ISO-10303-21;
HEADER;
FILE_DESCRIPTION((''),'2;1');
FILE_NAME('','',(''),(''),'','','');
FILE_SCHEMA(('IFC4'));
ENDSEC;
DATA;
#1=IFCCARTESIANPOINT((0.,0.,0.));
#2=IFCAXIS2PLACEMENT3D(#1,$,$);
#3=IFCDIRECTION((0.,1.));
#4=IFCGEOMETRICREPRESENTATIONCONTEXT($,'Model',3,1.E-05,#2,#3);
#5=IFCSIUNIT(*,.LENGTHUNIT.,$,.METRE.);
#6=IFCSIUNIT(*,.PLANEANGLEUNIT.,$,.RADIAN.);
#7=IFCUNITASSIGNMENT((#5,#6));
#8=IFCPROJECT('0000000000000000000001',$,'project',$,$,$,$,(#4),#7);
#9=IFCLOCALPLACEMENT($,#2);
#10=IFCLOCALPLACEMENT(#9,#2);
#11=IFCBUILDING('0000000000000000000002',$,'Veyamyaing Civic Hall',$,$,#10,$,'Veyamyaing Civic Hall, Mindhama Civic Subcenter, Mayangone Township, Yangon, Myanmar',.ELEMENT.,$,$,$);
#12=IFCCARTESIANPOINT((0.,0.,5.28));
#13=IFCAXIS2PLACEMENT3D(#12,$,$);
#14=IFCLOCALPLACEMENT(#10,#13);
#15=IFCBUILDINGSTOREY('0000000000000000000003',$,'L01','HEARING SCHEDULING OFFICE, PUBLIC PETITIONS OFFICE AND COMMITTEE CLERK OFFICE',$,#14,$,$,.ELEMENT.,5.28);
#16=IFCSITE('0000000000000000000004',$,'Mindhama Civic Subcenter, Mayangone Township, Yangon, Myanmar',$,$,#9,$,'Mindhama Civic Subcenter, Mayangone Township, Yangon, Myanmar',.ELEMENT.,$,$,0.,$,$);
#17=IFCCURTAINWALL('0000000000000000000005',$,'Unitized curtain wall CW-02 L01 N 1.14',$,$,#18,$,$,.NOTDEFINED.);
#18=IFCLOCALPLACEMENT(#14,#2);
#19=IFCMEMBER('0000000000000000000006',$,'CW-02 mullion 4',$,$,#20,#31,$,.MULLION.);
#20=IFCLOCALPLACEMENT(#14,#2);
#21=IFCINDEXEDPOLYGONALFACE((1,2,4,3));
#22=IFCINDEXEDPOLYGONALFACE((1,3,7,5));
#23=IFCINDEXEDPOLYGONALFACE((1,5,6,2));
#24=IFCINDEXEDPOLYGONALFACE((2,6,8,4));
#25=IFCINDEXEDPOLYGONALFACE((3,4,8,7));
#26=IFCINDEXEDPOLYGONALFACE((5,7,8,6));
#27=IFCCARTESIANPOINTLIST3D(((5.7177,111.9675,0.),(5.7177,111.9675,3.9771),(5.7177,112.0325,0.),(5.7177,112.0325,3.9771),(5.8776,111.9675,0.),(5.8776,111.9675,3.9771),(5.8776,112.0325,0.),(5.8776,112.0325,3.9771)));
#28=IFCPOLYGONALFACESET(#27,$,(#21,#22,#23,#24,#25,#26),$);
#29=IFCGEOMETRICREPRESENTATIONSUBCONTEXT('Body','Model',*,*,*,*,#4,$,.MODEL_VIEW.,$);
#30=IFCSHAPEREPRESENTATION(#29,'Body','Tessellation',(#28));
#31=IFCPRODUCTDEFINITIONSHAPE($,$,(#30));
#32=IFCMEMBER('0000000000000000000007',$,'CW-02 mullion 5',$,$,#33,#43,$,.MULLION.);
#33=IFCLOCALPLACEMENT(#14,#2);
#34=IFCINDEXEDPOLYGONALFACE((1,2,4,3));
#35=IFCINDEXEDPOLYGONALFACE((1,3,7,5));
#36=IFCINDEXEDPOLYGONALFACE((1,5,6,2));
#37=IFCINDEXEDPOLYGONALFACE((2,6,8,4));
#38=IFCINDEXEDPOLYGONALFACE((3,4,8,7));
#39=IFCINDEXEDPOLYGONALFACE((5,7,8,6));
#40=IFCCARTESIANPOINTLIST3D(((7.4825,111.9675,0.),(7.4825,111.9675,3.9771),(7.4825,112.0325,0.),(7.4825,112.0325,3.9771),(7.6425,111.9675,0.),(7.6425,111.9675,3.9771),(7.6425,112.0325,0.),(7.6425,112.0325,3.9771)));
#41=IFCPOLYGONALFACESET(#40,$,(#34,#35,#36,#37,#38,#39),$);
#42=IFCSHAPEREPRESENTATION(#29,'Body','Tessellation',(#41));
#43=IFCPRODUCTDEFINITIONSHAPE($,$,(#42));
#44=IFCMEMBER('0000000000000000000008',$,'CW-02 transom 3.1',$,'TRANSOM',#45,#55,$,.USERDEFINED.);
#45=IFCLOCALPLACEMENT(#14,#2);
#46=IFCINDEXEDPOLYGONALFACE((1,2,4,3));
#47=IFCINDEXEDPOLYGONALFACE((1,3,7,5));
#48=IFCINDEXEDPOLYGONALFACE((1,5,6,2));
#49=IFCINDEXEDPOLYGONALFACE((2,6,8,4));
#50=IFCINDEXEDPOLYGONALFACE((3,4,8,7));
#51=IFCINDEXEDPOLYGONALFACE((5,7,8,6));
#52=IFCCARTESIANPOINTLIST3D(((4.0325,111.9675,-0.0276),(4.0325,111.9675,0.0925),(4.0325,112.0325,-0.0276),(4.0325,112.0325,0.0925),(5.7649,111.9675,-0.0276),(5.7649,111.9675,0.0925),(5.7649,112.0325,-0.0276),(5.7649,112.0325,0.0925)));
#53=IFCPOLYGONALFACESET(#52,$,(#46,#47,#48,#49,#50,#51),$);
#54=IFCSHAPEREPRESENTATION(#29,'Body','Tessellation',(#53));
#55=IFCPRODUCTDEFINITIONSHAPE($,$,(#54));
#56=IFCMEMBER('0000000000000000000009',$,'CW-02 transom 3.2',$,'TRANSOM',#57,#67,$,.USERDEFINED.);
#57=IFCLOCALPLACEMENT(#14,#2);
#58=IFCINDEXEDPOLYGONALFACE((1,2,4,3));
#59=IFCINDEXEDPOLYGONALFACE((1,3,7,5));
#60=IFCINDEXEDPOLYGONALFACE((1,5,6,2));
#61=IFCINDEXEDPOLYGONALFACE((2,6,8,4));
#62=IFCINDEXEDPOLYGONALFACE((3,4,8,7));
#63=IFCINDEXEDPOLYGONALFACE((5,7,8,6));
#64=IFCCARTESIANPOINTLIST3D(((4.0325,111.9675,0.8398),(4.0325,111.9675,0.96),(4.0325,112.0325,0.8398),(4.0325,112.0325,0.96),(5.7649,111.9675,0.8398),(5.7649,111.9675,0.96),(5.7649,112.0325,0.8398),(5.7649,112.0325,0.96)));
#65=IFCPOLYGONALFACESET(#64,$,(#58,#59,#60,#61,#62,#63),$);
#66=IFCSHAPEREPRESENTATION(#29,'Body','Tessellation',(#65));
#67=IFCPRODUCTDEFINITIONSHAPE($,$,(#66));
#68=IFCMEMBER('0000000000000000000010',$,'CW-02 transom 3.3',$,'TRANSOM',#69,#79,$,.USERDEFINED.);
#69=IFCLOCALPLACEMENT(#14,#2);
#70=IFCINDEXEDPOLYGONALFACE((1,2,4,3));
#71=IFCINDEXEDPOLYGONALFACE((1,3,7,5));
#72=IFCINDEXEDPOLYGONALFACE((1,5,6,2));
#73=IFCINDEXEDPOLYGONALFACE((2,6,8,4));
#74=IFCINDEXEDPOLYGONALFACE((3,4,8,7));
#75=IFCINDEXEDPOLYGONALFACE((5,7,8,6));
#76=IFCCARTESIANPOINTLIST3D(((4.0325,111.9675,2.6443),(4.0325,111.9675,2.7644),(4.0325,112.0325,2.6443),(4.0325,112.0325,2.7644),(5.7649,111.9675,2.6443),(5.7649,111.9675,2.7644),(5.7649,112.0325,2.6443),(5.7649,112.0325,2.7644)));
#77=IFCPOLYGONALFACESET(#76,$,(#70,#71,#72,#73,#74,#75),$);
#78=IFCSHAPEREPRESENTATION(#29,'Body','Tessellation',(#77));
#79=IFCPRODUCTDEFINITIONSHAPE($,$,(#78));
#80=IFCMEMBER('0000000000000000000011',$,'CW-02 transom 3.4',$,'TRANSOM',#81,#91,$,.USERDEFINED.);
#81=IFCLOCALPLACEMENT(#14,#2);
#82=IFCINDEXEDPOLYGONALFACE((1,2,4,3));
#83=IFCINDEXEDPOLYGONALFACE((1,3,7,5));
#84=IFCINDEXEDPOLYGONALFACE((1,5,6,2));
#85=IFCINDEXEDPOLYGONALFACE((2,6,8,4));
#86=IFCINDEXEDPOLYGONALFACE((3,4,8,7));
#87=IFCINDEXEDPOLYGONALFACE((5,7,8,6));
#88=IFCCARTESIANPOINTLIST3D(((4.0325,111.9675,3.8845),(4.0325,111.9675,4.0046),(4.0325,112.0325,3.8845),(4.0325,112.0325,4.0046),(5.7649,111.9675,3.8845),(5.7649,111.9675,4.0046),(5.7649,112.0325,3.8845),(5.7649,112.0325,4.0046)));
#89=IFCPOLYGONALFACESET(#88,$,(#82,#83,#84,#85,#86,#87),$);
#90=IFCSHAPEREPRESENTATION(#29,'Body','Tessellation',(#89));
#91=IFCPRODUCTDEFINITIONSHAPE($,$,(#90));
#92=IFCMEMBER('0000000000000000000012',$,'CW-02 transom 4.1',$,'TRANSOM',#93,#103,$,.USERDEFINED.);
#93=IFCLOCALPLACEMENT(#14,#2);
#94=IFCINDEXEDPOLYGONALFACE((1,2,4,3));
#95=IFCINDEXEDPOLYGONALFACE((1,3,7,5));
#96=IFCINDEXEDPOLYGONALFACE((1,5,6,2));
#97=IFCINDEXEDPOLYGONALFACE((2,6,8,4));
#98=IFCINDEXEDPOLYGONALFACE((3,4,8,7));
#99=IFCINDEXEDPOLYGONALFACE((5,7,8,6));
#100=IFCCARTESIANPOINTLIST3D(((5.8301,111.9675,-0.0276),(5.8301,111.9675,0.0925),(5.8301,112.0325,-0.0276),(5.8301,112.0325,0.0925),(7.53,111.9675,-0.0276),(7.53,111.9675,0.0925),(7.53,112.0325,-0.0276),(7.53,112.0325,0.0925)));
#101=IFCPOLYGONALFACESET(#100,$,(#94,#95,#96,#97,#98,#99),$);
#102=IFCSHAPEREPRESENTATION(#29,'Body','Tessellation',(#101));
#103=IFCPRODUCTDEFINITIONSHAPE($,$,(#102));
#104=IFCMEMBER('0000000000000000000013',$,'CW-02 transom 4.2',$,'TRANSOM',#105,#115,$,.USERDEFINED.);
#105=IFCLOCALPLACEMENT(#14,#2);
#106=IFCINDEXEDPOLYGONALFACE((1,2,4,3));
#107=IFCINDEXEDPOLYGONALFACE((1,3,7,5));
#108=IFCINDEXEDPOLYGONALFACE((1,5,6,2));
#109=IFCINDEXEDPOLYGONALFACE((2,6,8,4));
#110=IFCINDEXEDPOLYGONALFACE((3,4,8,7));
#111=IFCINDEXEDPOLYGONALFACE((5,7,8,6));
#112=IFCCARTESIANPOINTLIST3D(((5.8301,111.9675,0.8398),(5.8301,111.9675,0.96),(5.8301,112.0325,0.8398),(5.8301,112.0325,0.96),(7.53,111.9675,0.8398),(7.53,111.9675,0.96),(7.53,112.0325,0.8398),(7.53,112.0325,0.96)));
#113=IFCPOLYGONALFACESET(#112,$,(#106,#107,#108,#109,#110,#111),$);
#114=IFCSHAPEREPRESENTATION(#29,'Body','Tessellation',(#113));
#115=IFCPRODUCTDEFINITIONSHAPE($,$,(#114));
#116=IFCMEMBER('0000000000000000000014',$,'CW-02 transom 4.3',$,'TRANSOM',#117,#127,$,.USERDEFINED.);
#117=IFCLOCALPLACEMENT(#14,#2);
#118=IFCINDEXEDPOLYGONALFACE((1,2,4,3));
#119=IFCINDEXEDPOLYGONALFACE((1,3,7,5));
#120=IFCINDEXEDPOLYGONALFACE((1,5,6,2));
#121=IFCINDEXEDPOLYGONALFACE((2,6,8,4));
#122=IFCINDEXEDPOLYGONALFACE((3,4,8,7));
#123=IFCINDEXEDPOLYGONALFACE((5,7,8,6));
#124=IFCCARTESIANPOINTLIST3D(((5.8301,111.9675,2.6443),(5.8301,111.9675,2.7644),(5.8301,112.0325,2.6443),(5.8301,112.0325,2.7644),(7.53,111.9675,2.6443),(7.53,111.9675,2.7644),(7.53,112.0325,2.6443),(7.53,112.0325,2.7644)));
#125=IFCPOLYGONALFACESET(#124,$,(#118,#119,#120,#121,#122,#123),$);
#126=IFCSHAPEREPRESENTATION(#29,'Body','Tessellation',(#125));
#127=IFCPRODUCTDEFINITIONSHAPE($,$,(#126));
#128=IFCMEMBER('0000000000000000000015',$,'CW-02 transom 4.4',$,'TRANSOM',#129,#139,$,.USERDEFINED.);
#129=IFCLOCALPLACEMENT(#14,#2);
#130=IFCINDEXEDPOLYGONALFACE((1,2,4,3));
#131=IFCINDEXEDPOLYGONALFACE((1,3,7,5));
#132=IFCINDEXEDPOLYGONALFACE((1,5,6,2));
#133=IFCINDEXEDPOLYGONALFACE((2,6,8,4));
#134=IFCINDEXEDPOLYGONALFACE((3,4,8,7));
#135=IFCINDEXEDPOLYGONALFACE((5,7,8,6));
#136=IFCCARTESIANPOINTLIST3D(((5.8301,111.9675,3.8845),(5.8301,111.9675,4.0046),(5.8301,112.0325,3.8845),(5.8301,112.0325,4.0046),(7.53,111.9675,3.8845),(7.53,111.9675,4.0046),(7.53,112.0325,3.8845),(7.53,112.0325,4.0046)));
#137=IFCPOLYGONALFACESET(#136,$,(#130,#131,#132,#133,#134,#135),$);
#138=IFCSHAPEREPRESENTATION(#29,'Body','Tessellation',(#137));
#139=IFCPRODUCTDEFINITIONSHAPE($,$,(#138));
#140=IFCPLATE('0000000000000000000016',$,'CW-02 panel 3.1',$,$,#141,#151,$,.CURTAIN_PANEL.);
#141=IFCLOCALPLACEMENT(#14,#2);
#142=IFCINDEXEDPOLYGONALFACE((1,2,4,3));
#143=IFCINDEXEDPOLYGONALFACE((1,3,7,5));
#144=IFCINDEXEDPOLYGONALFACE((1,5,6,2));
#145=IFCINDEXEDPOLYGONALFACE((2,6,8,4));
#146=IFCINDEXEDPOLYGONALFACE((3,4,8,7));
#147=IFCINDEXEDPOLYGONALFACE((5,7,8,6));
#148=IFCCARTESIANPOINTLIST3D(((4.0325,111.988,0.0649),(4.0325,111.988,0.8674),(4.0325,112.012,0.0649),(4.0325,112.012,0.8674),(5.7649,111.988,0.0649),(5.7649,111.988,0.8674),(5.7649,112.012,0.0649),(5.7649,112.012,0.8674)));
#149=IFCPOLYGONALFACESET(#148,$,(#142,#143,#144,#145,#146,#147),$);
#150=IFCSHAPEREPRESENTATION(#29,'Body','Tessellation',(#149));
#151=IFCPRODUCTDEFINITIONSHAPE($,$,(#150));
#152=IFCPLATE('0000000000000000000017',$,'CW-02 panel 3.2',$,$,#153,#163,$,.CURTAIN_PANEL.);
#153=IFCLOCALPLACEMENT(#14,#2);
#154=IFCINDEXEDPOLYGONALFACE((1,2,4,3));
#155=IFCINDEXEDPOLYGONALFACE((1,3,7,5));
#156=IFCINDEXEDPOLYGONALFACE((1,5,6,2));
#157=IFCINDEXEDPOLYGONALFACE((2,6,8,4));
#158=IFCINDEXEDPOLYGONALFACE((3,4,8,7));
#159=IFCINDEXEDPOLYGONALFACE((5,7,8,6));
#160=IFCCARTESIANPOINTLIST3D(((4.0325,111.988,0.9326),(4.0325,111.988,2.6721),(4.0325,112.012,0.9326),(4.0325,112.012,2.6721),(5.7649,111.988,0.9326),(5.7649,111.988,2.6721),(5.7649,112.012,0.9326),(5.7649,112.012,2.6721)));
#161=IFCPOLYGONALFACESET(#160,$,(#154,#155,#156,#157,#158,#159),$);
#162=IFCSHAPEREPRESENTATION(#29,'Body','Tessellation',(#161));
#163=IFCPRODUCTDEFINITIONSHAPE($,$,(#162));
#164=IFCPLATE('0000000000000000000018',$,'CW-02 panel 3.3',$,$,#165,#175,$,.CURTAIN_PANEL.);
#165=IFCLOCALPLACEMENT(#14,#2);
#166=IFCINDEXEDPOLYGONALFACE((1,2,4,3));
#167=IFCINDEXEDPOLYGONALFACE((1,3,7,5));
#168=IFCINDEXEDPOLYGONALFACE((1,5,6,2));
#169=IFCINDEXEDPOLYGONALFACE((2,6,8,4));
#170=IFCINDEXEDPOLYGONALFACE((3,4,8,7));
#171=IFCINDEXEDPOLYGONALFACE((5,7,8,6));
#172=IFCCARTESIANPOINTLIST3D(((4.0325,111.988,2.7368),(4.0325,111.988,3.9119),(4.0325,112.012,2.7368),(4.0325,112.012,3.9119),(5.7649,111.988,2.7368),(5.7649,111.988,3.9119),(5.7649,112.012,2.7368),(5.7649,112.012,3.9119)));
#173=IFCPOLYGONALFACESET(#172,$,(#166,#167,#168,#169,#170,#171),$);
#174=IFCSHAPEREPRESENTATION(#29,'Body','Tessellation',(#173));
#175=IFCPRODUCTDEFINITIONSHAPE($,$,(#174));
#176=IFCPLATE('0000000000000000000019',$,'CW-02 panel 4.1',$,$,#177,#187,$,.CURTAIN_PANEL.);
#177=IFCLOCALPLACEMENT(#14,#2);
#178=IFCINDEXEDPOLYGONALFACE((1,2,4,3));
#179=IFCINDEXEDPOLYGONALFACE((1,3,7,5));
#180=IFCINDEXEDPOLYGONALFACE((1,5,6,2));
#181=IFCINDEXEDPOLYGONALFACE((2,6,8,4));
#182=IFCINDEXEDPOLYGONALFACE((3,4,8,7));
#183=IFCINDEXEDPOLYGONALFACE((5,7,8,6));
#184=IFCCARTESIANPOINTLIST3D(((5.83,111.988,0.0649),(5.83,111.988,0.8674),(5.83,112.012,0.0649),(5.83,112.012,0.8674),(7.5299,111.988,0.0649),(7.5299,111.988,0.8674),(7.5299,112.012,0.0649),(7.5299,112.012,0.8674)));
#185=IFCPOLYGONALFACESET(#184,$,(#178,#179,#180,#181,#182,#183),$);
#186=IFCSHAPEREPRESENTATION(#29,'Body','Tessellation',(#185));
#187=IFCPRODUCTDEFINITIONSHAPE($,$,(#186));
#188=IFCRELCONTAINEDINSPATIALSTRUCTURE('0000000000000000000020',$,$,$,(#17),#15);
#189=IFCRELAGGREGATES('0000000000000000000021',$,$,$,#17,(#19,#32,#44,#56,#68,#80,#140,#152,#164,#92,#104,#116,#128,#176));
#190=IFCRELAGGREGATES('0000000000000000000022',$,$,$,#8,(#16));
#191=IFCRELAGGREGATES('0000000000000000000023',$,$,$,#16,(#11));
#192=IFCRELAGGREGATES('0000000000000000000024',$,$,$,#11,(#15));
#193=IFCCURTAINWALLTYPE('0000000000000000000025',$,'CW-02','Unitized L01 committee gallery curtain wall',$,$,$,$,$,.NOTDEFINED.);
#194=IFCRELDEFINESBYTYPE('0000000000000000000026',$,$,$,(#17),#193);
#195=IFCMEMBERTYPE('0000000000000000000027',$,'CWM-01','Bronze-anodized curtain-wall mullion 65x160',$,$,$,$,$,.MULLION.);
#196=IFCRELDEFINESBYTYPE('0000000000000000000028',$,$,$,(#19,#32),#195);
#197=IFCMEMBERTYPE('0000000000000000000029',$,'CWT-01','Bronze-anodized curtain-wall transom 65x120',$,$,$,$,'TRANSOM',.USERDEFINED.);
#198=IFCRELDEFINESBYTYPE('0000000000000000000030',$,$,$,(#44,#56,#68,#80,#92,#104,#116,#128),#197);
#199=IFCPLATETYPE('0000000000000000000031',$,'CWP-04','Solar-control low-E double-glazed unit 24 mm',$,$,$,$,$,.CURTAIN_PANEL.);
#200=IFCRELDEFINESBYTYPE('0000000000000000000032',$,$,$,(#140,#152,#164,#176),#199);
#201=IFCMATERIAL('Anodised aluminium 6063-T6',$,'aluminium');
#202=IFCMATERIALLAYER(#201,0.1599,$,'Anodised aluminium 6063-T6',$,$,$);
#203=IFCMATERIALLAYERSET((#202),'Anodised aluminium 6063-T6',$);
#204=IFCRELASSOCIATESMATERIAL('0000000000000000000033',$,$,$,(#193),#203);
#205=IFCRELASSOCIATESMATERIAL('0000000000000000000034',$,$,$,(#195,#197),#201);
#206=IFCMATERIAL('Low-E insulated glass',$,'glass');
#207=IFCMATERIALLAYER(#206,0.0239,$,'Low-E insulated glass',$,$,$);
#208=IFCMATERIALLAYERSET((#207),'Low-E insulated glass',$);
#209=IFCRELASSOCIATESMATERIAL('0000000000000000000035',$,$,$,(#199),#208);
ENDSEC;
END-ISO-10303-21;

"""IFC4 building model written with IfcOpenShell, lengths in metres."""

from ifc_helpers import new_model, si_unit, direction, frame, origin, origin_2d, place, context, subcontext, project, spatial, rectangle, extrude, material, layer, layer_set, material_profile, profile_set, type_object, element, aggregate, save


model = new_model("IFC4")

# Units and contexts
model_context = context("Model", 3, precision=1e-05, world=origin(), true_north=direction((0.0, 1.0)))
body_context = subcontext(model_context, "Body", "Model", "MODEL_VIEW")
ifc_project = project(units=[si_unit("LENGTHUNIT", "METRE"), si_unit("PLANEANGLEUNIT", "RADIAN")], contexts=[model_context])

# Site, building, storey
site_placement = place(None, origin())
site = spatial("IfcSite", under=ifc_project, at=site_placement, Name="Mindhama Civic Subcenter, Mayangone Township, Yangon, Myanmar", LongName="Mindhama Civic Subcenter, Mayangone Township, Yangon, Myanmar", CompositionType="ELEMENT", RefElevation=0.0)
building_placement = place(site_placement, origin())
building = spatial("IfcBuilding", under=site, at=building_placement, Name="Veyamyaing Civic Hall", LongName="Veyamyaing Civic Hall, Mindhama Civic Subcenter, Mayangone Township, Yangon, Myanmar", CompositionType="ELEMENT")
storey_placement = place(building_placement, frame((0.0, 0.0, 5.28)))
storey = spatial("IfcBuildingStorey", under=building, at=storey_placement, Name="L01", Description="HEARING SCHEDULING OFFICE, PUBLIC PETITIONS OFFICE AND COMMITTEE CLERK OFFICE", CompositionType="ELEMENT", Elevation=5.28)

# Curtain wall, members, plates
ifc_material_1 = material(Name="Anodised aluminium 6063-T6", Category="aluminium")
ifc_layer_1 = layer(ifc_material_1, 0.1599, Name="Anodised aluminium 6063-T6")
ifc_layer_set_1 = layer_set([ifc_layer_1], Name="Anodised aluminium 6063-T6")
curtain_wall_type = type_object("IfcCurtainWallType", Name="CW-02", Description="Unitized L01 committee gallery curtain wall", PredefinedType="NOTDEFINED", material=ifc_layer_set_1)
curtain_wall_placement = place(storey_placement, origin())
curtain_wall = element("IfcCurtainWall", 1, at=curtain_wall_placement, inside=storey, type_object=curtain_wall_type, Name="Unitized curtain wall CW-02 L01 N 1.14", PredefinedType="NOTDEFINED")
ifc_material_profile_1 = material_profile(ifc_material_1, rectangle(XDim=0.0649, YDim=0.1599, at=origin_2d()), Name="ALU-MUL-65X160")
ifc_profile_set_1 = profile_set([ifc_material_profile_1], Name="Anodised aluminium 6063-T6")
member_type_1 = type_object("IfcMemberType", Name="CWM-01", Description="Bronze-anodized curtain-wall mullion 65x160", PredefinedType="MULLION", material=ifc_profile_set_1)
member_1_placement = place(storey_placement, frame((5.7976, 112.0, 0.0), z_axis=(0.0, 0.0, 1.0), x_axis=(0.0, 1.0, 0.0)))
member_1 = element("IfcMember", 2, at=member_1_placement, type_object=member_type_1, Name="CW-02 mullion 4", PredefinedType="MULLION", context=body_context, shape_type="SweptSolid", body=[
    extrude(rectangle(XDim=0.0649, YDim=0.1599, at=origin_2d()), origin(), (0.0, 0.0, 1.0), 3.9771),
])
member_2_placement = place(storey_placement, frame((7.5625, 112.0, 0.0), z_axis=(0.0, 0.0, 1.0), x_axis=(0.0, 1.0, 0.0)))
member_2 = element("IfcMember", 3, at=member_2_placement, type_object=member_type_1, Name="CW-02 mullion 5", PredefinedType="MULLION", context=body_context, shape_type="SweptSolid", body=[
    extrude(rectangle(XDim=0.0649, YDim=0.1599, at=origin_2d()), origin(), (0.0, 0.0, 1.0), 3.9771),
])
ifc_material_profile_2 = material_profile(ifc_material_1, rectangle(XDim=0.0649, YDim=0.1201, at=origin_2d()), Name="ALU-TRN-65X120")
ifc_profile_set_2 = profile_set([ifc_material_profile_2], Name="Anodised aluminium 6063-T6")
member_type_2 = type_object("IfcMemberType", Name="CWT-01", Description="Bronze-anodized curtain-wall transom 65x120", ElementType="TRANSOM", PredefinedType="USERDEFINED", material=ifc_profile_set_2)
member_3_placement = place(storey_placement, frame((4.0325, 112.0, 0.0325), z_axis=(1.0, 0.0, 0.0), x_axis=(0.0, 1.0, 0.0)))
member_3 = element("IfcMember", 4, at=member_3_placement, type_object=member_type_2, Name="CW-02 transom 3.1", ObjectType="TRANSOM", PredefinedType="USERDEFINED", context=body_context, shape_type="SweptSolid", body=[
    extrude(rectangle(XDim=0.0649, YDim=0.1201, at=origin_2d()), origin(), (0.0, 0.0, 1.0), 1.7324),
])
member_4_placement = place(storey_placement, frame((4.0325, 112.0, 0.8999), z_axis=(1.0, 0.0, 0.0), x_axis=(0.0, 1.0, 0.0)))
member_4 = element("IfcMember", 5, at=member_4_placement, type_object=member_type_2, Name="CW-02 transom 3.2", ObjectType="TRANSOM", PredefinedType="USERDEFINED", context=body_context, shape_type="SweptSolid", body=[
    extrude(rectangle(XDim=0.0649, YDim=0.1201, at=origin_2d()), origin(), (0.0, 0.0, 1.0), 1.7324),
])
member_5_placement = place(storey_placement, frame((4.0325, 112.0, 2.7043), z_axis=(1.0, 0.0, 0.0), x_axis=(0.0, 1.0, 0.0)))
member_5 = element("IfcMember", 6, at=member_5_placement, type_object=member_type_2, Name="CW-02 transom 3.3", ObjectType="TRANSOM", PredefinedType="USERDEFINED", context=body_context, shape_type="SweptSolid", body=[
    extrude(rectangle(XDim=0.0649, YDim=0.1201, at=origin_2d()), origin(), (0.0, 0.0, 1.0), 1.7324),
])
member_6_placement = place(storey_placement, frame((4.0325, 112.0, 3.9446), z_axis=(1.0, 0.0, 0.0), x_axis=(0.0, 1.0, 0.0)))
member_6 = element("IfcMember", 7, at=member_6_placement, type_object=member_type_2, Name="CW-02 transom 3.4", ObjectType="TRANSOM", PredefinedType="USERDEFINED", context=body_context, shape_type="SweptSolid", body=[
    extrude(rectangle(XDim=0.0649, YDim=0.1201, at=origin_2d()), origin(), (0.0, 0.0, 1.0), 1.7324),
])
member_7_placement = place(storey_placement, frame((5.8301, 112.0, 0.0325), z_axis=(1.0, 0.0, 0.0), x_axis=(0.0, 1.0, 0.0)))
member_7 = element("IfcMember", 8, at=member_7_placement, type_object=member_type_2, Name="CW-02 transom 4.1", ObjectType="TRANSOM", PredefinedType="USERDEFINED", context=body_context, shape_type="SweptSolid", body=[
    extrude(rectangle(XDim=0.0649, YDim=0.1201, at=origin_2d()), origin(), (0.0, 0.0, 1.0), 1.7),
])
member_8_placement = place(storey_placement, frame((5.8301, 112.0, 0.8999), z_axis=(1.0, 0.0, 0.0), x_axis=(0.0, 1.0, 0.0)))
member_8 = element("IfcMember", 9, at=member_8_placement, type_object=member_type_2, Name="CW-02 transom 4.2", ObjectType="TRANSOM", PredefinedType="USERDEFINED", context=body_context, shape_type="SweptSolid", body=[
    extrude(rectangle(XDim=0.0649, YDim=0.1201, at=origin_2d()), origin(), (0.0, 0.0, 1.0), 1.7),
])
member_9_placement = place(storey_placement, frame((5.8301, 112.0, 2.7043), z_axis=(1.0, 0.0, 0.0), x_axis=(0.0, 1.0, 0.0)))
member_9 = element("IfcMember", 10, at=member_9_placement, type_object=member_type_2, Name="CW-02 transom 4.3", ObjectType="TRANSOM", PredefinedType="USERDEFINED", context=body_context, shape_type="SweptSolid", body=[
    extrude(rectangle(XDim=0.0649, YDim=0.1201, at=origin_2d()), origin(), (0.0, 0.0, 1.0), 1.7),
])
member_10_placement = place(storey_placement, frame((5.8301, 112.0, 3.9446), z_axis=(1.0, 0.0, 0.0), x_axis=(0.0, 1.0, 0.0)))
member_10 = element("IfcMember", 11, at=member_10_placement, type_object=member_type_2, Name="CW-02 transom 4.4", ObjectType="TRANSOM", PredefinedType="USERDEFINED", context=body_context, shape_type="SweptSolid", body=[
    extrude(rectangle(XDim=0.0649, YDim=0.1201, at=origin_2d()), origin(), (0.0, 0.0, 1.0), 1.7),
])
ifc_material_2 = material(Name="Low-E insulated glass", Category="glass")
ifc_layer_2 = layer(ifc_material_2, 0.0239, Name="Low-E insulated glass")
ifc_layer_set_2 = layer_set([ifc_layer_2], Name="Low-E insulated glass")
plate_type = type_object("IfcPlateType", Name="CWP-04", Description="Solar-control low-E double-glazed unit 24 mm", PredefinedType="CURTAIN_PANEL", material=ifc_layer_set_2)
plate_1_placement = place(storey_placement, frame((4.8987, 112.0, 0.0649), z_axis=(0.0, 0.0, 1.0), x_axis=(1.0, 0.0, 0.0)))
plate_1 = element("IfcPlate", 12, at=plate_1_placement, type_object=plate_type, Name="CW-02 panel 3.1", PredefinedType="CURTAIN_PANEL", context=body_context, shape_type="SweptSolid", body=[
    extrude(rectangle(XDim=1.7324, YDim=0.0239, at=origin_2d()), origin(), (0.0, 0.0, 1.0), 0.8025),
])
plate_2_placement = place(storey_placement, frame((4.8987, 112.0, 0.9326), z_axis=(0.0, 0.0, 1.0), x_axis=(1.0, 0.0, 0.0)))
plate_2 = element("IfcPlate", 13, at=plate_2_placement, type_object=plate_type, Name="CW-02 panel 3.2", PredefinedType="CURTAIN_PANEL", context=body_context, shape_type="SweptSolid", body=[
    extrude(rectangle(XDim=1.7324, YDim=0.0239, at=origin_2d()), origin(), (0.0, 0.0, 1.0), 1.7395),
])
plate_3_placement = place(storey_placement, frame((4.8987, 112.0, 2.7368), z_axis=(0.0, 0.0, 1.0), x_axis=(1.0, 0.0, 0.0)))
plate_3 = element("IfcPlate", 14, at=plate_3_placement, type_object=plate_type, Name="CW-02 panel 3.3", PredefinedType="CURTAIN_PANEL", context=body_context, shape_type="SweptSolid", body=[
    extrude(rectangle(XDim=1.7324, YDim=0.0239, at=origin_2d()), origin(), (0.0, 0.0, 1.0), 1.175),
])
plate_4_placement = place(storey_placement, frame((6.6799, 112.0, 0.0649), z_axis=(0.0, 0.0, 1.0), x_axis=(1.0, 0.0, 0.0)))
plate_4 = element("IfcPlate", 15, at=plate_4_placement, type_object=plate_type, Name="CW-02 panel 4.1", PredefinedType="CURTAIN_PANEL", context=body_context, shape_type="SweptSolid", body=[
    extrude(rectangle(XDim=1.7, YDim=0.0239, at=origin_2d()), origin(), (0.0, 0.0, 1.0), 0.8025),
])
aggregate(curtain_wall, [member_1, member_2, member_3, member_4, member_5, member_6, plate_1, plate_2, plate_3, member_7, member_8, member_9, member_10, plate_4])

save(model, "model.ifc")
